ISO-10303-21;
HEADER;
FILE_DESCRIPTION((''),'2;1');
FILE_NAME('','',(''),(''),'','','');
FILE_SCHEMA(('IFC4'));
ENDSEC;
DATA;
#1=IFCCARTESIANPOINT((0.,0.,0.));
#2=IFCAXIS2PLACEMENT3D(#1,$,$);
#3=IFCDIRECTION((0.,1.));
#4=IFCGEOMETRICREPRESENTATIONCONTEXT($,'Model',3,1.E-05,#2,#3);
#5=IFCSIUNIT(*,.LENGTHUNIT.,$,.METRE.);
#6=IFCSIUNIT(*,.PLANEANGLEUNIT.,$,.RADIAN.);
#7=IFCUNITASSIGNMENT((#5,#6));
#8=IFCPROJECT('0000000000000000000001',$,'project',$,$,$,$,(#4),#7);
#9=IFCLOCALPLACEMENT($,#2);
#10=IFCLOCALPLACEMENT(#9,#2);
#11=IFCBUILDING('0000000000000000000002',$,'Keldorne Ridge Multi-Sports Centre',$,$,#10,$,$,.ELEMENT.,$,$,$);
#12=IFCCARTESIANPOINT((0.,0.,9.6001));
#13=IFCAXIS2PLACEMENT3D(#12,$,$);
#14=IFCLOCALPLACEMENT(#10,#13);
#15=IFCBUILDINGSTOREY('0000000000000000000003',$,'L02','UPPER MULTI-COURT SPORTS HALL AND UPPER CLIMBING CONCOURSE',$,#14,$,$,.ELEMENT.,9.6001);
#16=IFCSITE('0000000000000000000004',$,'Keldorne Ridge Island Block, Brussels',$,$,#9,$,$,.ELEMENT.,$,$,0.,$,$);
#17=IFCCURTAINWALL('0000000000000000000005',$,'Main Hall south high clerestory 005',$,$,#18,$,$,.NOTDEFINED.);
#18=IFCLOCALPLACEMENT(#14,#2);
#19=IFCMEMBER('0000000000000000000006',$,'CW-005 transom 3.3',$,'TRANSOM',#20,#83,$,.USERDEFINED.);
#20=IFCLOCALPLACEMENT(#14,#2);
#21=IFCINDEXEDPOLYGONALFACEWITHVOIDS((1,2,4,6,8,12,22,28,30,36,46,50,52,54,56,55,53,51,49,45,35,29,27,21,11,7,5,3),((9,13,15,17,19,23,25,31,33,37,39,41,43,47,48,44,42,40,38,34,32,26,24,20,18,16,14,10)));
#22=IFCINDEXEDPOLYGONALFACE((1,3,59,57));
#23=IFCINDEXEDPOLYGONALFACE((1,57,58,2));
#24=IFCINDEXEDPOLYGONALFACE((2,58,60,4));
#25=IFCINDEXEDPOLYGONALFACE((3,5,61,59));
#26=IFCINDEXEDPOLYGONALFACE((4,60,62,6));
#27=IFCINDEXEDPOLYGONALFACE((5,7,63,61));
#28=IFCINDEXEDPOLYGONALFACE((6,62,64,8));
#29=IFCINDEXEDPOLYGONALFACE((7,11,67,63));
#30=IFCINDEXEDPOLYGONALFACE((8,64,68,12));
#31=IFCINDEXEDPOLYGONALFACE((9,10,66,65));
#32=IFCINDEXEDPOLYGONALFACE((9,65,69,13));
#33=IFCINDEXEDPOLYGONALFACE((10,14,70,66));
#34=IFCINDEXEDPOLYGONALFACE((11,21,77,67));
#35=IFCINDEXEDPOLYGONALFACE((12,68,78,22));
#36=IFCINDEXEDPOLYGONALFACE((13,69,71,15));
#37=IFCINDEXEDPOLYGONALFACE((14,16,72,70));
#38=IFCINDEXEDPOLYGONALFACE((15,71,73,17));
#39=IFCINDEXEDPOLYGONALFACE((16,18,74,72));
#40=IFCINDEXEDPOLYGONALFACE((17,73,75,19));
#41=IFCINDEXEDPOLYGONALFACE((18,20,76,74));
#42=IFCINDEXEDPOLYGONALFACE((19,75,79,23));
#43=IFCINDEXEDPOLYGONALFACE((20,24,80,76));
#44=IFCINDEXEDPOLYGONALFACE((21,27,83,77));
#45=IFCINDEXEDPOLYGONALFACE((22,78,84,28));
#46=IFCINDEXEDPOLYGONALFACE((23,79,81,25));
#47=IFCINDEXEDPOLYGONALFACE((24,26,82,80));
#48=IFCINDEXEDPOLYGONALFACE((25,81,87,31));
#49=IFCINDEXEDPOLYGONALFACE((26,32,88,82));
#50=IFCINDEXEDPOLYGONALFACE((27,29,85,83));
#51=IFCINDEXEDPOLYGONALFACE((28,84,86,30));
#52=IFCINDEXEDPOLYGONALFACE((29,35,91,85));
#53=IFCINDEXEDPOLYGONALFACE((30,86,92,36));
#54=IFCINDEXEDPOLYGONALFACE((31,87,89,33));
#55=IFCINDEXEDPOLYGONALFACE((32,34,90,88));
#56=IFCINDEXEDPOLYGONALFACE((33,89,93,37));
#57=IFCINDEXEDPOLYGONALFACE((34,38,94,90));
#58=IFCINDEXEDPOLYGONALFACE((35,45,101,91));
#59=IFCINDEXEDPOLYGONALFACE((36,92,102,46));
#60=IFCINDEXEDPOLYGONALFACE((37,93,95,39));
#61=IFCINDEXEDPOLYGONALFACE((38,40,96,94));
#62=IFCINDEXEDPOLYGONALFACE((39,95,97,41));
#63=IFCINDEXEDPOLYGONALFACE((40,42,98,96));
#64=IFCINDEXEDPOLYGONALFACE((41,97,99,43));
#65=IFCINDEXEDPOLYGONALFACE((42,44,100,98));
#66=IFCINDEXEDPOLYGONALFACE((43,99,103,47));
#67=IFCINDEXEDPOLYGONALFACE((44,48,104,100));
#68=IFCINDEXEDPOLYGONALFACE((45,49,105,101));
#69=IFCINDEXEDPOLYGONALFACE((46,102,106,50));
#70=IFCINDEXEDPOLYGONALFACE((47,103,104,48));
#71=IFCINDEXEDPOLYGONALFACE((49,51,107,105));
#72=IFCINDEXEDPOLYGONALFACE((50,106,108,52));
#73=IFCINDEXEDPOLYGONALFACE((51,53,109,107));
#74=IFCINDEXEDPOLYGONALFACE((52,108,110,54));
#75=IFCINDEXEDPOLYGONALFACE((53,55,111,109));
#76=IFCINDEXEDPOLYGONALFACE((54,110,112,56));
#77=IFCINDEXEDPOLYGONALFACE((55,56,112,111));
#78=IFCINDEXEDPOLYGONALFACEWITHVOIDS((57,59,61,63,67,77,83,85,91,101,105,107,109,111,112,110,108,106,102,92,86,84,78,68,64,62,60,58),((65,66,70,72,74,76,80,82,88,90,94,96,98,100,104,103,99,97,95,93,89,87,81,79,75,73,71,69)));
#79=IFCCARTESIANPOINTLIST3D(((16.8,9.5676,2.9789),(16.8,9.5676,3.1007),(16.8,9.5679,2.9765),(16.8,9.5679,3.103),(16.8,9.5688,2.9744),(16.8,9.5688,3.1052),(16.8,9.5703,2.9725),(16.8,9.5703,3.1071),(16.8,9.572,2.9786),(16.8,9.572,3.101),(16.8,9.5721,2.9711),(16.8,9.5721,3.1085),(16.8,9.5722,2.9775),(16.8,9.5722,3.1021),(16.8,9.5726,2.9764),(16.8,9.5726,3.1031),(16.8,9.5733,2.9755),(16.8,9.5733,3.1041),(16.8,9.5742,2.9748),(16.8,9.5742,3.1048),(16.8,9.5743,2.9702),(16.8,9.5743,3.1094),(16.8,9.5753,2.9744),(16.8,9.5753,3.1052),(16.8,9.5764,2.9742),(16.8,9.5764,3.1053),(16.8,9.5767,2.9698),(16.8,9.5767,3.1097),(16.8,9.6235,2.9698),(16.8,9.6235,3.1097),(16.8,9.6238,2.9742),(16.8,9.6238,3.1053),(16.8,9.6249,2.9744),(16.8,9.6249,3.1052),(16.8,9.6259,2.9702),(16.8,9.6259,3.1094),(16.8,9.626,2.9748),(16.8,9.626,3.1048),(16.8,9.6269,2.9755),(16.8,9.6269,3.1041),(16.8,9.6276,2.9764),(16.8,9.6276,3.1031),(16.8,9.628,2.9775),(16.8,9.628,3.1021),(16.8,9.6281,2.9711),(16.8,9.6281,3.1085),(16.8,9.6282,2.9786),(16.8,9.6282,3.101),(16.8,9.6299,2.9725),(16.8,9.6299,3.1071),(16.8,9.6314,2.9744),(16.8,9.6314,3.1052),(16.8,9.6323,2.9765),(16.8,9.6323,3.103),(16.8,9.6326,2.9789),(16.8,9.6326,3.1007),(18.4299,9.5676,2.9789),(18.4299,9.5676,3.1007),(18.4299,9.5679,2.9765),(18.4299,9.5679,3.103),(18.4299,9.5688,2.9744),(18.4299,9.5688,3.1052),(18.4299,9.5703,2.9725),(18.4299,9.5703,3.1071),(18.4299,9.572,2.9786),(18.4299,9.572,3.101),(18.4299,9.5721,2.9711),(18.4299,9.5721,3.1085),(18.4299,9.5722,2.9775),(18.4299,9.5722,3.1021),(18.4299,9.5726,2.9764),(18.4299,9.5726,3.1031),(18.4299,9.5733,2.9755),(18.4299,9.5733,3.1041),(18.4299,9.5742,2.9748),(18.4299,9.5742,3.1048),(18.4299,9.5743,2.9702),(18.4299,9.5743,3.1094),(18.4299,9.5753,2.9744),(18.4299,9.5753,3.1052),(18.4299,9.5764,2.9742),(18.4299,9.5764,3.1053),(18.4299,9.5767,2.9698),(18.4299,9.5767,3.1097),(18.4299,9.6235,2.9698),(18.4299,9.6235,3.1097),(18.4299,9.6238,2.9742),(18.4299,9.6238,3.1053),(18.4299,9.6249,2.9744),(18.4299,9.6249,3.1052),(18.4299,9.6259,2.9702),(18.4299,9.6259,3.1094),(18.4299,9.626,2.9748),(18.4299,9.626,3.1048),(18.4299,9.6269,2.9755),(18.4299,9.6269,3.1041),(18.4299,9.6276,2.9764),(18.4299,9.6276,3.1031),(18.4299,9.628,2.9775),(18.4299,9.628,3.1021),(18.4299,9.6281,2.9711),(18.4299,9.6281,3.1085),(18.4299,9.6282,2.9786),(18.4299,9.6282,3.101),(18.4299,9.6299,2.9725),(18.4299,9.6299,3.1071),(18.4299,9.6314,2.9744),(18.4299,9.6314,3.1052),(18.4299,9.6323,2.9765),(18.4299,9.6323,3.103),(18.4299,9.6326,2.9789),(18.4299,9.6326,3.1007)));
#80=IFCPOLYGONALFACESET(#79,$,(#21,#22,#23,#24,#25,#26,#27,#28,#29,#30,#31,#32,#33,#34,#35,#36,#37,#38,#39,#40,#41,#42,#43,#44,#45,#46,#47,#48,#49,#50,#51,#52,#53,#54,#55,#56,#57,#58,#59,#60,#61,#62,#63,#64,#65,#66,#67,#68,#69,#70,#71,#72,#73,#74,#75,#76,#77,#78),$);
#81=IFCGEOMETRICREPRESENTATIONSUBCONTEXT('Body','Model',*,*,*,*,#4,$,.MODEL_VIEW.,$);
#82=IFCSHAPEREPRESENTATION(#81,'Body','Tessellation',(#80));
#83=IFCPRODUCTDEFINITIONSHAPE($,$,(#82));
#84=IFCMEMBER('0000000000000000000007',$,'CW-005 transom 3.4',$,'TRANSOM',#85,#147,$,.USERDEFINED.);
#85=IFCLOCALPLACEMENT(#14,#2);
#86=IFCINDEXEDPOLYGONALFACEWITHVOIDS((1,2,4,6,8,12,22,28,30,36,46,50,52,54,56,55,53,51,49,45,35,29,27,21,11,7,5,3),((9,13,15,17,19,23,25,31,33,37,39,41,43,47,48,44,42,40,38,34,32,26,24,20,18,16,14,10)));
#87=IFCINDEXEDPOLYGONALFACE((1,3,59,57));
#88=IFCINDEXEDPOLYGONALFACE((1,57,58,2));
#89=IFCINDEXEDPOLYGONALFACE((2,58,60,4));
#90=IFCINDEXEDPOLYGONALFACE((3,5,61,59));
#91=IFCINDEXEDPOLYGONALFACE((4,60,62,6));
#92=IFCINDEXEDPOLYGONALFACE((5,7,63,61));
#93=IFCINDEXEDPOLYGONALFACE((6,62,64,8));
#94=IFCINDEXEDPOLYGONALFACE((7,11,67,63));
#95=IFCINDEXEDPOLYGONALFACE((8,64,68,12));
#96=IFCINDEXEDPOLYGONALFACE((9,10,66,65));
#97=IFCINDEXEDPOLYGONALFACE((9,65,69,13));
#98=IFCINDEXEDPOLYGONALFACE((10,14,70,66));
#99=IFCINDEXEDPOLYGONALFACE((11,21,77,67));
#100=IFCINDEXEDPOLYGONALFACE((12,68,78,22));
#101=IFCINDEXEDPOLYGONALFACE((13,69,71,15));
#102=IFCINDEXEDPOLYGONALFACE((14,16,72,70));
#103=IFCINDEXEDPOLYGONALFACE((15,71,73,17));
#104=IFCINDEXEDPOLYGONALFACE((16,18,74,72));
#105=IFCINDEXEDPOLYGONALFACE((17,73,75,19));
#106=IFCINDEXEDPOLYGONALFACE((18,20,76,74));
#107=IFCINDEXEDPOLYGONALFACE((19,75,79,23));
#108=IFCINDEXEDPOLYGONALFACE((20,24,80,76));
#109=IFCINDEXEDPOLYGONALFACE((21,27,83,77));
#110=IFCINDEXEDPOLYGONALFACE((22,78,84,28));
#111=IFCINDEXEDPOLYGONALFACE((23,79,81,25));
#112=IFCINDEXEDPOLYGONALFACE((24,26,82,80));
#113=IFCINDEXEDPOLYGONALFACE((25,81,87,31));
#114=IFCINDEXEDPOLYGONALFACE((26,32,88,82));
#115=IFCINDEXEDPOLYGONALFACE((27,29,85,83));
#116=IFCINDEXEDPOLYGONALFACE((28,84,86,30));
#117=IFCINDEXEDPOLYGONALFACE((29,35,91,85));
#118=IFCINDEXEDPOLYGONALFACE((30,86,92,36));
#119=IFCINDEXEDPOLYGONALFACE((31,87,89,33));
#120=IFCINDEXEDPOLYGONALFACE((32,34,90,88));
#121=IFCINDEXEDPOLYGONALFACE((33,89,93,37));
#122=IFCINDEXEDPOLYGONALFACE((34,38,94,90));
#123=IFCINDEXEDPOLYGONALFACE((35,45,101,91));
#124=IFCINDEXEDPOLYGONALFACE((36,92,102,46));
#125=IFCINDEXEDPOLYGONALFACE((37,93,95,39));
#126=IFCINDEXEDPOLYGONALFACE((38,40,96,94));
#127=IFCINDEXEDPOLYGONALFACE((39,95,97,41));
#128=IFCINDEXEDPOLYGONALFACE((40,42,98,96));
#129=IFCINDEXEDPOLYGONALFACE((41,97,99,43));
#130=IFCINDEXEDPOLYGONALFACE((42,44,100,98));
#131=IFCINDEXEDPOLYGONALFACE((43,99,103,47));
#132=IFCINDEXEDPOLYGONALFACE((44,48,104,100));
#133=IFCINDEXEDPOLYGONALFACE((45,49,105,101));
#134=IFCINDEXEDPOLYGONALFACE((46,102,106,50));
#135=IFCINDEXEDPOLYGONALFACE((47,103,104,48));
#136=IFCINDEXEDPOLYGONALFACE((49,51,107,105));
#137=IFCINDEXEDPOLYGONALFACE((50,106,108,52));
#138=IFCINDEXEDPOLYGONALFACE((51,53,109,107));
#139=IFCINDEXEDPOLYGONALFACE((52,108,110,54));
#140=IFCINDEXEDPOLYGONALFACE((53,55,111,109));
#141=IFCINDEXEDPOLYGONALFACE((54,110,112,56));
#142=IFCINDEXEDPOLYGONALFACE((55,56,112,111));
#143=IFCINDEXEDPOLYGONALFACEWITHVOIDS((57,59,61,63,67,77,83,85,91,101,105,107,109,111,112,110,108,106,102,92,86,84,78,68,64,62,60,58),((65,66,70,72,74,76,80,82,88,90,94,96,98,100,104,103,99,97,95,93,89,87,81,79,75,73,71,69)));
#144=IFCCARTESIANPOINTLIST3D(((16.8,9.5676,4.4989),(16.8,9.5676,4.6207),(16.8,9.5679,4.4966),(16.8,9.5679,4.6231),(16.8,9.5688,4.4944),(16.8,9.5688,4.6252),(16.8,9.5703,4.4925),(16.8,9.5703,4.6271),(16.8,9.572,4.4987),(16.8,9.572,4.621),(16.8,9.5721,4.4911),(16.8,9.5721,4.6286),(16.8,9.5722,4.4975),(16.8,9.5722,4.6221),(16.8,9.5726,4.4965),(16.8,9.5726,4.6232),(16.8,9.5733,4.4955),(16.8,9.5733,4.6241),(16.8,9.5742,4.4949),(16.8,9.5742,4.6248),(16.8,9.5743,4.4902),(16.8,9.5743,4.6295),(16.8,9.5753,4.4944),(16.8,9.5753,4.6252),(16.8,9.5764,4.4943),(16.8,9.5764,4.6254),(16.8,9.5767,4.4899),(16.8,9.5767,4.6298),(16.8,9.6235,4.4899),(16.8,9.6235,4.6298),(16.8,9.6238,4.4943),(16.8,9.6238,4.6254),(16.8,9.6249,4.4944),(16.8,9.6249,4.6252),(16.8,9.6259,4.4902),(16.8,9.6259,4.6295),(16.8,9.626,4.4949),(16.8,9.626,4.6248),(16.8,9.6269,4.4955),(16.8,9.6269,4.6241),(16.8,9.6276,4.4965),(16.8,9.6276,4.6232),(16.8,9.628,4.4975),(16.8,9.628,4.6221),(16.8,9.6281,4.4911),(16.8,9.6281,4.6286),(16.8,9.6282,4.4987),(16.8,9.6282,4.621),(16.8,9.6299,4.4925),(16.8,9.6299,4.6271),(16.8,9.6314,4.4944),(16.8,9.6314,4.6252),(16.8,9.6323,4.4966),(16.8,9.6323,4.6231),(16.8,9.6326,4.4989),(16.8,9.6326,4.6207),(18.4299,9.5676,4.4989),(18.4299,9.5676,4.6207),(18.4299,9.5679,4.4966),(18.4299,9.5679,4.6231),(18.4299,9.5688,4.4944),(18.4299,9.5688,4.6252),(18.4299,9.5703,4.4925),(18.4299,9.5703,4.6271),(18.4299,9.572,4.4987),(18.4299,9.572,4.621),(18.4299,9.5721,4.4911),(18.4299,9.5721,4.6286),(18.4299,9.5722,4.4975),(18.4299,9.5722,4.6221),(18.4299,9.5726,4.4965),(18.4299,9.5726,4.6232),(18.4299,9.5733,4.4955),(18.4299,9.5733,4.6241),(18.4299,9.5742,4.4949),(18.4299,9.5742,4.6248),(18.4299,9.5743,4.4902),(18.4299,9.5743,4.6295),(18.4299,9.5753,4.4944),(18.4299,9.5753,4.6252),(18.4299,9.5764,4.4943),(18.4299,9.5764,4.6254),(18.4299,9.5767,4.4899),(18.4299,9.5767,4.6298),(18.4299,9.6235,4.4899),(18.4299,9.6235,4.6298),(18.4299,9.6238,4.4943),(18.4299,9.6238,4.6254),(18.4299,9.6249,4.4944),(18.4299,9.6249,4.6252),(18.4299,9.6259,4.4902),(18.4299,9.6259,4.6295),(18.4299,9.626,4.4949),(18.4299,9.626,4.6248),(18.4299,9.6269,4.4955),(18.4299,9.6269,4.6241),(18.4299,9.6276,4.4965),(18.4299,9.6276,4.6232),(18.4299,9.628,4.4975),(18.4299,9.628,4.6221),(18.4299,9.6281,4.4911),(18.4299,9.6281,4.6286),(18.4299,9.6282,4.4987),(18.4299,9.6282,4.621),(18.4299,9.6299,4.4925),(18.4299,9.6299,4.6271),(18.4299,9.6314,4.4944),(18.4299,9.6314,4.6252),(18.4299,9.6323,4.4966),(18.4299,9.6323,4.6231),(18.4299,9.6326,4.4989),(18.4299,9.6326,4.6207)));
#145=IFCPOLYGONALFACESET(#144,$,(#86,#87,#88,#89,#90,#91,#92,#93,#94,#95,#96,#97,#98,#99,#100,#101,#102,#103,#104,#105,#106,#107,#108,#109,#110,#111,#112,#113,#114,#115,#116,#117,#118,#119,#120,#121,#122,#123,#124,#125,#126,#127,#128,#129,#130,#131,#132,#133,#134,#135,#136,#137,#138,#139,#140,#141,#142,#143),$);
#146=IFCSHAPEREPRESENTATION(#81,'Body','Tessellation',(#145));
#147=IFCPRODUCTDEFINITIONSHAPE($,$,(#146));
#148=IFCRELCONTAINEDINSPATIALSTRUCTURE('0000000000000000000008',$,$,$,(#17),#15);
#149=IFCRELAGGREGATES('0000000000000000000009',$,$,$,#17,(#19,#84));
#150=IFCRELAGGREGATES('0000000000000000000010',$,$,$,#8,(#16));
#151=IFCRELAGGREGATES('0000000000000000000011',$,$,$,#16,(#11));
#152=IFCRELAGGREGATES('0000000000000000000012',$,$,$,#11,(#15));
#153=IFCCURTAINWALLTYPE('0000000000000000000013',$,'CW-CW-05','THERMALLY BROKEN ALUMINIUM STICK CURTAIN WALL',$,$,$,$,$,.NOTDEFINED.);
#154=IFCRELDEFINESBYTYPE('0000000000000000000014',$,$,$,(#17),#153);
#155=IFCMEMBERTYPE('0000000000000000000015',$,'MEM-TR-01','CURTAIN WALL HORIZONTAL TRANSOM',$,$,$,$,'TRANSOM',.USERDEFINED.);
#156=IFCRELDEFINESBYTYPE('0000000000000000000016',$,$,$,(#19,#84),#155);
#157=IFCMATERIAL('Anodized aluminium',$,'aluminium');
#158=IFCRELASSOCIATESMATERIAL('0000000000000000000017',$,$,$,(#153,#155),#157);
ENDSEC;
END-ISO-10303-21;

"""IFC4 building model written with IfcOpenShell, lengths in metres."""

from ifc_helpers import new_model, si_unit, direction, frame, origin, origin_2d, place, context, subcontext, project, spatial, hollow_rectangle, extrude, material, material_profile, profile_set, type_object, element, aggregate, save


model = new_model("IFC4")

# Units and contexts
model_context = context("Model", 3, precision=1e-05, world=origin(), true_north=direction((0.0, 1.0)))
body_context = subcontext(model_context, "Body", "Model", "MODEL_VIEW")
ifc_project = project(units=[si_unit("LENGTHUNIT", "METRE"), si_unit("PLANEANGLEUNIT", "RADIAN")], contexts=[model_context])

# Site, building, storey
site_placement = place(None, origin())
site = spatial("IfcSite", under=ifc_project, at=site_placement, Name="Keldorne Ridge Island Block, Brussels", CompositionType="ELEMENT", RefElevation=0.0)
building_placement = place(site_placement, origin())
building = spatial("IfcBuilding", under=site, at=building_placement, Name="Keldorne Ridge Multi-Sports Centre", CompositionType="ELEMENT")
storey_placement = place(building_placement, frame((0.0, 0.0, 9.6001)))
storey = spatial("IfcBuildingStorey", under=building, at=storey_placement, Name="L02", Description="UPPER MULTI-COURT SPORTS HALL AND UPPER CLIMBING CONCOURSE", CompositionType="ELEMENT", Elevation=9.6001)

# Curtain wall, members
ifc_material_1 = material(Name="Anodized aluminium", Category="aluminium")
curtain_wall_type = type_object("IfcCurtainWallType", Name="CW-CW-05", Description="THERMALLY BROKEN ALUMINIUM STICK CURTAIN WALL", PredefinedType="NOTDEFINED", material=ifc_material_1)
curtain_wall_placement = place(storey_placement, origin())
curtain_wall = element("IfcCurtainWall", 1, at=curtain_wall_placement, inside=storey, type_object=curtain_wall_type, Name="Main Hall south high clerestory 005", PredefinedType="NOTDEFINED")
ifc_material_profile_1 = material_profile(ifc_material_1, hollow_rectangle(XDim=0.0649, YDim=0.1399, WallThickness=0.0044, InnerFilletRadius=0.0044, OuterFilletRadius=0.009, at=origin_2d()), Name="ALU TRANSOM 140x65x4.5")
ifc_profile_set_1 = profile_set([ifc_material_profile_1], Name="Anodized aluminium")
member_type_1 = type_object("IfcMemberType", Name="MEM-TR-01", Description="CURTAIN WALL HORIZONTAL TRANSOM", ElementType="TRANSOM", PredefinedType="USERDEFINED", material=ifc_profile_set_1)
member_1_placement = place(storey_placement, frame((16.8, 9.6001, 3.0398), z_axis=(1.0, 0.0, 0.0), x_axis=(0.0, 1.0, 0.0)))
member_1 = element("IfcMember", 2, at=member_1_placement, type_object=member_type_1, Name="CW-005 transom 3.3", ObjectType="TRANSOM", PredefinedType="USERDEFINED", context=body_context, shape_type="SweptSolid", body=[
    extrude(hollow_rectangle(XDim=0.0649, YDim=0.1399, WallThickness=0.0044, InnerFilletRadius=0.0044, OuterFilletRadius=0.009, at=origin_2d()), origin(), (0.0, 0.0, 1.0), 1.6299),
])
member_2_placement = place(storey_placement, frame((16.8, 9.6001, 4.5598), z_axis=(1.0, 0.0, 0.0), x_axis=(0.0, 1.0, 0.0)))
member_2 = element("IfcMember", 3, at=member_2_placement, type_object=member_type_1, Name="CW-005 transom 3.4", ObjectType="TRANSOM", PredefinedType="USERDEFINED", context=body_context, shape_type="SweptSolid", body=[
    extrude(hollow_rectangle(XDim=0.0649, YDim=0.1399, WallThickness=0.0044, InnerFilletRadius=0.0044, OuterFilletRadius=0.009, at=origin_2d()), origin(), (0.0, 0.0, 1.0), 1.6299),
])
aggregate(curtain_wall, [member_1, member_2])

save(model, "model.ifc")
